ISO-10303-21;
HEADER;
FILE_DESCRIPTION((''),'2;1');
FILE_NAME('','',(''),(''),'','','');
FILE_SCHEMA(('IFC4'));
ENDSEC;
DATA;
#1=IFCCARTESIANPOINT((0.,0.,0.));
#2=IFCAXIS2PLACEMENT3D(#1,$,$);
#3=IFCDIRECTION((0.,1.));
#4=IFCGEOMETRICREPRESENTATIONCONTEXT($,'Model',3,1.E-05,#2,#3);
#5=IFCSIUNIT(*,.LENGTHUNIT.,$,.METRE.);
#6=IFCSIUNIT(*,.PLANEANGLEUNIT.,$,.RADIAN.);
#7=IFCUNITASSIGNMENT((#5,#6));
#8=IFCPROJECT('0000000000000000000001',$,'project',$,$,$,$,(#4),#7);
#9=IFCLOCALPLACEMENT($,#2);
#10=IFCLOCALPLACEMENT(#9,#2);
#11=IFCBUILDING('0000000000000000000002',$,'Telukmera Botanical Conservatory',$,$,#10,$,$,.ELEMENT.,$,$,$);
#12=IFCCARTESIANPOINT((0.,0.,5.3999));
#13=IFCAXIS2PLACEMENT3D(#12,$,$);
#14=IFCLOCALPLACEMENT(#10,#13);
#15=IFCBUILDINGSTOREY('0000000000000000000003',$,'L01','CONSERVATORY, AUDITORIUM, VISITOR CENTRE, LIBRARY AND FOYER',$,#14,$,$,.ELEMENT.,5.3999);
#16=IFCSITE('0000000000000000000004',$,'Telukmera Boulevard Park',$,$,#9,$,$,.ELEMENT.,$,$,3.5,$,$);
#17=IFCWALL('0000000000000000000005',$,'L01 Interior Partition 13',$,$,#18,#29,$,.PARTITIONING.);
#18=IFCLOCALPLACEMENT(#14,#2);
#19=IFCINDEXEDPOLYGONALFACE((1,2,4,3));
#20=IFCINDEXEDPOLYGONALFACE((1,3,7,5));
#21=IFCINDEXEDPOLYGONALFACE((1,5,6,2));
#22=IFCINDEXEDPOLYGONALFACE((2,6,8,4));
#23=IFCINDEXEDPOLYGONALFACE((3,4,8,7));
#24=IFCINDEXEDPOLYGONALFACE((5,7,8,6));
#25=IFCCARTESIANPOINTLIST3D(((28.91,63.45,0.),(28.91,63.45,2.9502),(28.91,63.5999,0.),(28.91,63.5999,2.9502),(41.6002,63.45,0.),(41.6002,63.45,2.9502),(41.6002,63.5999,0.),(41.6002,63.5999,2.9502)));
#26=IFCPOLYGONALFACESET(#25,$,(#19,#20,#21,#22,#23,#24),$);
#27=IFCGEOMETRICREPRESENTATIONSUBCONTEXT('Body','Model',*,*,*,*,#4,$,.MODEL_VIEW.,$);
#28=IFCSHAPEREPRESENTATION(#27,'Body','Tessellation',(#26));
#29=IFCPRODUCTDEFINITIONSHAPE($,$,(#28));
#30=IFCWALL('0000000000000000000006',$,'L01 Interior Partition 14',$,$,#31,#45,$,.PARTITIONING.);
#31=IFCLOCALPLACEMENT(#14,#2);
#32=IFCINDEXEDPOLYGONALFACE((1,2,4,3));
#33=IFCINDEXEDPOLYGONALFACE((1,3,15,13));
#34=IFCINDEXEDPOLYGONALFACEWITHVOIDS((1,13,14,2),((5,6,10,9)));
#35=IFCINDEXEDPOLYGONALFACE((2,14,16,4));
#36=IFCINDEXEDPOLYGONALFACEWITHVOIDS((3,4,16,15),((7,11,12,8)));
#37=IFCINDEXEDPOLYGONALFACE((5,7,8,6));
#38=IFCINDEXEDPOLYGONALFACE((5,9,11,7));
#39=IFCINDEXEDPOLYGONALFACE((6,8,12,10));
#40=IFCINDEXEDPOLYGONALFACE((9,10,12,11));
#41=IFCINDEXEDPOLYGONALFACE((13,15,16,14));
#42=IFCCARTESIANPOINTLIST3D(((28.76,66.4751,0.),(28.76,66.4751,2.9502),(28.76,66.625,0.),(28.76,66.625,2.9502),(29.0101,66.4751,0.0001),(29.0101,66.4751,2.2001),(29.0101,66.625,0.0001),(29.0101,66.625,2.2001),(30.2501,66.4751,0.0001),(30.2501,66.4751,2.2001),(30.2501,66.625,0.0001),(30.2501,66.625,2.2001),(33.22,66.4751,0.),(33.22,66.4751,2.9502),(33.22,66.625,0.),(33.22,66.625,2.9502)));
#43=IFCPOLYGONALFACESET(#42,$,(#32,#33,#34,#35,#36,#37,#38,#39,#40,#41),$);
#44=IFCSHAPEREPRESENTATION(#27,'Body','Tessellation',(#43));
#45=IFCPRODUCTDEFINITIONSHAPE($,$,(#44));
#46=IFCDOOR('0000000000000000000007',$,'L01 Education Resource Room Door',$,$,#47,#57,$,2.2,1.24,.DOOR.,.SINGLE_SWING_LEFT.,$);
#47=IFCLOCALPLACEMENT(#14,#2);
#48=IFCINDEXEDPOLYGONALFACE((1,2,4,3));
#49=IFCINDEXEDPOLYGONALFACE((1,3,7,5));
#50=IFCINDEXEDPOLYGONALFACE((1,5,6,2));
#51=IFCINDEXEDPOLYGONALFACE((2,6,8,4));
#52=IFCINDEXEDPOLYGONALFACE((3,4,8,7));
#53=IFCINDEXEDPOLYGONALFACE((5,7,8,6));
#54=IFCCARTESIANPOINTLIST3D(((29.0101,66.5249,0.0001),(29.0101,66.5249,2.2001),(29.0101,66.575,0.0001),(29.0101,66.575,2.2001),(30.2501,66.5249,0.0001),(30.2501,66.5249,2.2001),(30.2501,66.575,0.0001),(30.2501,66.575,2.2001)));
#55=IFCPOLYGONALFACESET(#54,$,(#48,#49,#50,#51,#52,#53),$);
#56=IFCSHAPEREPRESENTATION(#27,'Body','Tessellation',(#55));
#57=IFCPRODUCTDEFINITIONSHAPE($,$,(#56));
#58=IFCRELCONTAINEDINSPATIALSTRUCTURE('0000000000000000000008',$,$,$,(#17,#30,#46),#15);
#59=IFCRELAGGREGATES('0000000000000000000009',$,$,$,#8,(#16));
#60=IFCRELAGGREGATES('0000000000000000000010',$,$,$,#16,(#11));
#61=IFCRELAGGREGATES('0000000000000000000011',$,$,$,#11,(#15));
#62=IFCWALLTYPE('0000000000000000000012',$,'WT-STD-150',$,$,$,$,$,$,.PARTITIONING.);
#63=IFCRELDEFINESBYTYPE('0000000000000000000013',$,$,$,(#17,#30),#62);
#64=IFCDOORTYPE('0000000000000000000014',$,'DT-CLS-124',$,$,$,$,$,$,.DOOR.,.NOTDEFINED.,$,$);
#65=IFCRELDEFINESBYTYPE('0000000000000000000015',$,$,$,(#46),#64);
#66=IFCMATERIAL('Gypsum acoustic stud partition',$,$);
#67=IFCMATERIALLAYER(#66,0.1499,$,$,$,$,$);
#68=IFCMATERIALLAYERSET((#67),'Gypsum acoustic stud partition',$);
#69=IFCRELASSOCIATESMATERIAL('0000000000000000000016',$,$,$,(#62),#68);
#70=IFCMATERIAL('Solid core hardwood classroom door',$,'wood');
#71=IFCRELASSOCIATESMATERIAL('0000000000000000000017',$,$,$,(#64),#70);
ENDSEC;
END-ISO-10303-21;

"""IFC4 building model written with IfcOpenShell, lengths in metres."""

from ifc_helpers import new_model, si_unit, direction, frame, frame_2d, origin, place, context, subcontext, project, spatial, rectangle, extrude, material, layer, layer_set, type_object, element, fill, save


model = new_model("IFC4")

# Units and contexts
model_context = context("Model", 3, precision=1e-05, world=origin(), true_north=direction((0.0, 1.0)))
body_context = subcontext(model_context, "Body", "Model", "MODEL_VIEW")
ifc_project = project(units=[si_unit("LENGTHUNIT", "METRE"), si_unit("PLANEANGLEUNIT", "RADIAN")], contexts=[model_context])

# Site, building, storey
site_placement = place(None, origin())
site = spatial("IfcSite", under=ifc_project, at=site_placement, Name="Telukmera Boulevard Park", CompositionType="ELEMENT", RefElevation=3.5)
building_placement = place(site_placement, origin())
building = spatial("IfcBuilding", under=site, at=building_placement, Name="Telukmera Botanical Conservatory", CompositionType="ELEMENT")
storey_placement = place(building_placement, frame((0.0, 0.0, 5.3999)))
storey = spatial("IfcBuildingStorey", under=building, at=storey_placement, Name="L01", Description="CONSERVATORY, AUDITORIUM, VISITOR CENTRE, LIBRARY AND FOYER", CompositionType="ELEMENT", Elevation=5.3999)

# Wall
ifc_material_1 = material(Name="Gypsum acoustic stud partition")
ifc_layer_1 = layer(ifc_material_1, 0.1499)
ifc_layer_set_1 = layer_set([ifc_layer_1], Name="Gypsum acoustic stud partition")
wall_type_1 = type_object("IfcWallType", Name="WT-STD-150", PredefinedType="PARTITIONING", material=ifc_layer_set_1)
wall_1_placement = place(storey_placement, frame((28.9099, 63.5249, 0.0), z_axis=(0.0, 0.0, 1.0), x_axis=(1.0, 0.0, 0.0)))
element("IfcWall", 1, at=wall_1_placement, inside=storey, type_object=wall_type_1, Name="L01 Interior Partition 13", PredefinedType="PARTITIONING", context=body_context, shape_type="SweptSolid", body=[
    extrude(rectangle(XDim=12.6902, YDim=0.1499, at=frame_2d((6.3452, 0.0))), origin(), (0.0, 0.0, 1.0), 2.9502),
])

# Wall, opening, door
wall_2_placement = place(storey_placement, frame((28.76, 66.55, 0.0), z_axis=(0.0, 0.0, 1.0), x_axis=(1.0, 0.0, 0.0)))
wall_2 = element("IfcWall", 2, at=wall_2_placement, inside=storey, type_object=wall_type_1, Name="L01 Interior Partition 14", PredefinedType="PARTITIONING", context=body_context, shape_type="SweptSolid", body=[
    extrude(rectangle(XDim=4.46, YDim=0.1499, at=frame_2d((2.23, 0.0))), origin(), (0.0, 0.0, 1.0), 2.9502),
])
opening_1_placement = place(wall_2_placement, frame((0.25, 0.0, 0.0)))
opening_1 = element("IfcOpeningElement", 3, at=opening_1_placement, cuts=wall_2, PredefinedType="OPENING", context=body_context, shape_type="SweptSolid", body=[
    extrude(rectangle(XDim=1.24, YDim=2.2, at=frame_2d((0.6201, 1.1001))), frame((0.0, 0.085, 0.0), z_axis=(0.0, -1.0, 0.0), x_axis=(1.0, 0.0, 0.0)), (0.0, 0.0, 1.0), 0.1699),
])
ifc_material_2 = material(Name="Solid core hardwood classroom door", Category="wood")
door_type_1 = type_object("IfcDoorType", Name="DT-CLS-124", OperationType="NOTDEFINED", PredefinedType="DOOR", material=ifc_material_2)
door_1_placement = place(opening_1_placement, origin())
door_1 = element("IfcDoor", 4, at=door_1_placement, inside=storey, type_object=door_type_1, Name="L01 Education Resource Room Door", OperationType="SINGLE_SWING_LEFT", OverallHeight=2.2, OverallWidth=1.24, PredefinedType="DOOR", context=body_context, shape_type="SweptSolid", body=[
    extrude(rectangle(XDim=1.24, YDim=2.2, at=frame_2d((0.6201, 1.1001))), frame((0.0, 0.0249, 0.0), z_axis=(0.0, -1.0, 0.0), x_axis=(1.0, 0.0, 0.0)), (0.0, 0.0, 1.0), 0.05),
])
fill(opening_1, door_1)

save(model, "model.ifc")
